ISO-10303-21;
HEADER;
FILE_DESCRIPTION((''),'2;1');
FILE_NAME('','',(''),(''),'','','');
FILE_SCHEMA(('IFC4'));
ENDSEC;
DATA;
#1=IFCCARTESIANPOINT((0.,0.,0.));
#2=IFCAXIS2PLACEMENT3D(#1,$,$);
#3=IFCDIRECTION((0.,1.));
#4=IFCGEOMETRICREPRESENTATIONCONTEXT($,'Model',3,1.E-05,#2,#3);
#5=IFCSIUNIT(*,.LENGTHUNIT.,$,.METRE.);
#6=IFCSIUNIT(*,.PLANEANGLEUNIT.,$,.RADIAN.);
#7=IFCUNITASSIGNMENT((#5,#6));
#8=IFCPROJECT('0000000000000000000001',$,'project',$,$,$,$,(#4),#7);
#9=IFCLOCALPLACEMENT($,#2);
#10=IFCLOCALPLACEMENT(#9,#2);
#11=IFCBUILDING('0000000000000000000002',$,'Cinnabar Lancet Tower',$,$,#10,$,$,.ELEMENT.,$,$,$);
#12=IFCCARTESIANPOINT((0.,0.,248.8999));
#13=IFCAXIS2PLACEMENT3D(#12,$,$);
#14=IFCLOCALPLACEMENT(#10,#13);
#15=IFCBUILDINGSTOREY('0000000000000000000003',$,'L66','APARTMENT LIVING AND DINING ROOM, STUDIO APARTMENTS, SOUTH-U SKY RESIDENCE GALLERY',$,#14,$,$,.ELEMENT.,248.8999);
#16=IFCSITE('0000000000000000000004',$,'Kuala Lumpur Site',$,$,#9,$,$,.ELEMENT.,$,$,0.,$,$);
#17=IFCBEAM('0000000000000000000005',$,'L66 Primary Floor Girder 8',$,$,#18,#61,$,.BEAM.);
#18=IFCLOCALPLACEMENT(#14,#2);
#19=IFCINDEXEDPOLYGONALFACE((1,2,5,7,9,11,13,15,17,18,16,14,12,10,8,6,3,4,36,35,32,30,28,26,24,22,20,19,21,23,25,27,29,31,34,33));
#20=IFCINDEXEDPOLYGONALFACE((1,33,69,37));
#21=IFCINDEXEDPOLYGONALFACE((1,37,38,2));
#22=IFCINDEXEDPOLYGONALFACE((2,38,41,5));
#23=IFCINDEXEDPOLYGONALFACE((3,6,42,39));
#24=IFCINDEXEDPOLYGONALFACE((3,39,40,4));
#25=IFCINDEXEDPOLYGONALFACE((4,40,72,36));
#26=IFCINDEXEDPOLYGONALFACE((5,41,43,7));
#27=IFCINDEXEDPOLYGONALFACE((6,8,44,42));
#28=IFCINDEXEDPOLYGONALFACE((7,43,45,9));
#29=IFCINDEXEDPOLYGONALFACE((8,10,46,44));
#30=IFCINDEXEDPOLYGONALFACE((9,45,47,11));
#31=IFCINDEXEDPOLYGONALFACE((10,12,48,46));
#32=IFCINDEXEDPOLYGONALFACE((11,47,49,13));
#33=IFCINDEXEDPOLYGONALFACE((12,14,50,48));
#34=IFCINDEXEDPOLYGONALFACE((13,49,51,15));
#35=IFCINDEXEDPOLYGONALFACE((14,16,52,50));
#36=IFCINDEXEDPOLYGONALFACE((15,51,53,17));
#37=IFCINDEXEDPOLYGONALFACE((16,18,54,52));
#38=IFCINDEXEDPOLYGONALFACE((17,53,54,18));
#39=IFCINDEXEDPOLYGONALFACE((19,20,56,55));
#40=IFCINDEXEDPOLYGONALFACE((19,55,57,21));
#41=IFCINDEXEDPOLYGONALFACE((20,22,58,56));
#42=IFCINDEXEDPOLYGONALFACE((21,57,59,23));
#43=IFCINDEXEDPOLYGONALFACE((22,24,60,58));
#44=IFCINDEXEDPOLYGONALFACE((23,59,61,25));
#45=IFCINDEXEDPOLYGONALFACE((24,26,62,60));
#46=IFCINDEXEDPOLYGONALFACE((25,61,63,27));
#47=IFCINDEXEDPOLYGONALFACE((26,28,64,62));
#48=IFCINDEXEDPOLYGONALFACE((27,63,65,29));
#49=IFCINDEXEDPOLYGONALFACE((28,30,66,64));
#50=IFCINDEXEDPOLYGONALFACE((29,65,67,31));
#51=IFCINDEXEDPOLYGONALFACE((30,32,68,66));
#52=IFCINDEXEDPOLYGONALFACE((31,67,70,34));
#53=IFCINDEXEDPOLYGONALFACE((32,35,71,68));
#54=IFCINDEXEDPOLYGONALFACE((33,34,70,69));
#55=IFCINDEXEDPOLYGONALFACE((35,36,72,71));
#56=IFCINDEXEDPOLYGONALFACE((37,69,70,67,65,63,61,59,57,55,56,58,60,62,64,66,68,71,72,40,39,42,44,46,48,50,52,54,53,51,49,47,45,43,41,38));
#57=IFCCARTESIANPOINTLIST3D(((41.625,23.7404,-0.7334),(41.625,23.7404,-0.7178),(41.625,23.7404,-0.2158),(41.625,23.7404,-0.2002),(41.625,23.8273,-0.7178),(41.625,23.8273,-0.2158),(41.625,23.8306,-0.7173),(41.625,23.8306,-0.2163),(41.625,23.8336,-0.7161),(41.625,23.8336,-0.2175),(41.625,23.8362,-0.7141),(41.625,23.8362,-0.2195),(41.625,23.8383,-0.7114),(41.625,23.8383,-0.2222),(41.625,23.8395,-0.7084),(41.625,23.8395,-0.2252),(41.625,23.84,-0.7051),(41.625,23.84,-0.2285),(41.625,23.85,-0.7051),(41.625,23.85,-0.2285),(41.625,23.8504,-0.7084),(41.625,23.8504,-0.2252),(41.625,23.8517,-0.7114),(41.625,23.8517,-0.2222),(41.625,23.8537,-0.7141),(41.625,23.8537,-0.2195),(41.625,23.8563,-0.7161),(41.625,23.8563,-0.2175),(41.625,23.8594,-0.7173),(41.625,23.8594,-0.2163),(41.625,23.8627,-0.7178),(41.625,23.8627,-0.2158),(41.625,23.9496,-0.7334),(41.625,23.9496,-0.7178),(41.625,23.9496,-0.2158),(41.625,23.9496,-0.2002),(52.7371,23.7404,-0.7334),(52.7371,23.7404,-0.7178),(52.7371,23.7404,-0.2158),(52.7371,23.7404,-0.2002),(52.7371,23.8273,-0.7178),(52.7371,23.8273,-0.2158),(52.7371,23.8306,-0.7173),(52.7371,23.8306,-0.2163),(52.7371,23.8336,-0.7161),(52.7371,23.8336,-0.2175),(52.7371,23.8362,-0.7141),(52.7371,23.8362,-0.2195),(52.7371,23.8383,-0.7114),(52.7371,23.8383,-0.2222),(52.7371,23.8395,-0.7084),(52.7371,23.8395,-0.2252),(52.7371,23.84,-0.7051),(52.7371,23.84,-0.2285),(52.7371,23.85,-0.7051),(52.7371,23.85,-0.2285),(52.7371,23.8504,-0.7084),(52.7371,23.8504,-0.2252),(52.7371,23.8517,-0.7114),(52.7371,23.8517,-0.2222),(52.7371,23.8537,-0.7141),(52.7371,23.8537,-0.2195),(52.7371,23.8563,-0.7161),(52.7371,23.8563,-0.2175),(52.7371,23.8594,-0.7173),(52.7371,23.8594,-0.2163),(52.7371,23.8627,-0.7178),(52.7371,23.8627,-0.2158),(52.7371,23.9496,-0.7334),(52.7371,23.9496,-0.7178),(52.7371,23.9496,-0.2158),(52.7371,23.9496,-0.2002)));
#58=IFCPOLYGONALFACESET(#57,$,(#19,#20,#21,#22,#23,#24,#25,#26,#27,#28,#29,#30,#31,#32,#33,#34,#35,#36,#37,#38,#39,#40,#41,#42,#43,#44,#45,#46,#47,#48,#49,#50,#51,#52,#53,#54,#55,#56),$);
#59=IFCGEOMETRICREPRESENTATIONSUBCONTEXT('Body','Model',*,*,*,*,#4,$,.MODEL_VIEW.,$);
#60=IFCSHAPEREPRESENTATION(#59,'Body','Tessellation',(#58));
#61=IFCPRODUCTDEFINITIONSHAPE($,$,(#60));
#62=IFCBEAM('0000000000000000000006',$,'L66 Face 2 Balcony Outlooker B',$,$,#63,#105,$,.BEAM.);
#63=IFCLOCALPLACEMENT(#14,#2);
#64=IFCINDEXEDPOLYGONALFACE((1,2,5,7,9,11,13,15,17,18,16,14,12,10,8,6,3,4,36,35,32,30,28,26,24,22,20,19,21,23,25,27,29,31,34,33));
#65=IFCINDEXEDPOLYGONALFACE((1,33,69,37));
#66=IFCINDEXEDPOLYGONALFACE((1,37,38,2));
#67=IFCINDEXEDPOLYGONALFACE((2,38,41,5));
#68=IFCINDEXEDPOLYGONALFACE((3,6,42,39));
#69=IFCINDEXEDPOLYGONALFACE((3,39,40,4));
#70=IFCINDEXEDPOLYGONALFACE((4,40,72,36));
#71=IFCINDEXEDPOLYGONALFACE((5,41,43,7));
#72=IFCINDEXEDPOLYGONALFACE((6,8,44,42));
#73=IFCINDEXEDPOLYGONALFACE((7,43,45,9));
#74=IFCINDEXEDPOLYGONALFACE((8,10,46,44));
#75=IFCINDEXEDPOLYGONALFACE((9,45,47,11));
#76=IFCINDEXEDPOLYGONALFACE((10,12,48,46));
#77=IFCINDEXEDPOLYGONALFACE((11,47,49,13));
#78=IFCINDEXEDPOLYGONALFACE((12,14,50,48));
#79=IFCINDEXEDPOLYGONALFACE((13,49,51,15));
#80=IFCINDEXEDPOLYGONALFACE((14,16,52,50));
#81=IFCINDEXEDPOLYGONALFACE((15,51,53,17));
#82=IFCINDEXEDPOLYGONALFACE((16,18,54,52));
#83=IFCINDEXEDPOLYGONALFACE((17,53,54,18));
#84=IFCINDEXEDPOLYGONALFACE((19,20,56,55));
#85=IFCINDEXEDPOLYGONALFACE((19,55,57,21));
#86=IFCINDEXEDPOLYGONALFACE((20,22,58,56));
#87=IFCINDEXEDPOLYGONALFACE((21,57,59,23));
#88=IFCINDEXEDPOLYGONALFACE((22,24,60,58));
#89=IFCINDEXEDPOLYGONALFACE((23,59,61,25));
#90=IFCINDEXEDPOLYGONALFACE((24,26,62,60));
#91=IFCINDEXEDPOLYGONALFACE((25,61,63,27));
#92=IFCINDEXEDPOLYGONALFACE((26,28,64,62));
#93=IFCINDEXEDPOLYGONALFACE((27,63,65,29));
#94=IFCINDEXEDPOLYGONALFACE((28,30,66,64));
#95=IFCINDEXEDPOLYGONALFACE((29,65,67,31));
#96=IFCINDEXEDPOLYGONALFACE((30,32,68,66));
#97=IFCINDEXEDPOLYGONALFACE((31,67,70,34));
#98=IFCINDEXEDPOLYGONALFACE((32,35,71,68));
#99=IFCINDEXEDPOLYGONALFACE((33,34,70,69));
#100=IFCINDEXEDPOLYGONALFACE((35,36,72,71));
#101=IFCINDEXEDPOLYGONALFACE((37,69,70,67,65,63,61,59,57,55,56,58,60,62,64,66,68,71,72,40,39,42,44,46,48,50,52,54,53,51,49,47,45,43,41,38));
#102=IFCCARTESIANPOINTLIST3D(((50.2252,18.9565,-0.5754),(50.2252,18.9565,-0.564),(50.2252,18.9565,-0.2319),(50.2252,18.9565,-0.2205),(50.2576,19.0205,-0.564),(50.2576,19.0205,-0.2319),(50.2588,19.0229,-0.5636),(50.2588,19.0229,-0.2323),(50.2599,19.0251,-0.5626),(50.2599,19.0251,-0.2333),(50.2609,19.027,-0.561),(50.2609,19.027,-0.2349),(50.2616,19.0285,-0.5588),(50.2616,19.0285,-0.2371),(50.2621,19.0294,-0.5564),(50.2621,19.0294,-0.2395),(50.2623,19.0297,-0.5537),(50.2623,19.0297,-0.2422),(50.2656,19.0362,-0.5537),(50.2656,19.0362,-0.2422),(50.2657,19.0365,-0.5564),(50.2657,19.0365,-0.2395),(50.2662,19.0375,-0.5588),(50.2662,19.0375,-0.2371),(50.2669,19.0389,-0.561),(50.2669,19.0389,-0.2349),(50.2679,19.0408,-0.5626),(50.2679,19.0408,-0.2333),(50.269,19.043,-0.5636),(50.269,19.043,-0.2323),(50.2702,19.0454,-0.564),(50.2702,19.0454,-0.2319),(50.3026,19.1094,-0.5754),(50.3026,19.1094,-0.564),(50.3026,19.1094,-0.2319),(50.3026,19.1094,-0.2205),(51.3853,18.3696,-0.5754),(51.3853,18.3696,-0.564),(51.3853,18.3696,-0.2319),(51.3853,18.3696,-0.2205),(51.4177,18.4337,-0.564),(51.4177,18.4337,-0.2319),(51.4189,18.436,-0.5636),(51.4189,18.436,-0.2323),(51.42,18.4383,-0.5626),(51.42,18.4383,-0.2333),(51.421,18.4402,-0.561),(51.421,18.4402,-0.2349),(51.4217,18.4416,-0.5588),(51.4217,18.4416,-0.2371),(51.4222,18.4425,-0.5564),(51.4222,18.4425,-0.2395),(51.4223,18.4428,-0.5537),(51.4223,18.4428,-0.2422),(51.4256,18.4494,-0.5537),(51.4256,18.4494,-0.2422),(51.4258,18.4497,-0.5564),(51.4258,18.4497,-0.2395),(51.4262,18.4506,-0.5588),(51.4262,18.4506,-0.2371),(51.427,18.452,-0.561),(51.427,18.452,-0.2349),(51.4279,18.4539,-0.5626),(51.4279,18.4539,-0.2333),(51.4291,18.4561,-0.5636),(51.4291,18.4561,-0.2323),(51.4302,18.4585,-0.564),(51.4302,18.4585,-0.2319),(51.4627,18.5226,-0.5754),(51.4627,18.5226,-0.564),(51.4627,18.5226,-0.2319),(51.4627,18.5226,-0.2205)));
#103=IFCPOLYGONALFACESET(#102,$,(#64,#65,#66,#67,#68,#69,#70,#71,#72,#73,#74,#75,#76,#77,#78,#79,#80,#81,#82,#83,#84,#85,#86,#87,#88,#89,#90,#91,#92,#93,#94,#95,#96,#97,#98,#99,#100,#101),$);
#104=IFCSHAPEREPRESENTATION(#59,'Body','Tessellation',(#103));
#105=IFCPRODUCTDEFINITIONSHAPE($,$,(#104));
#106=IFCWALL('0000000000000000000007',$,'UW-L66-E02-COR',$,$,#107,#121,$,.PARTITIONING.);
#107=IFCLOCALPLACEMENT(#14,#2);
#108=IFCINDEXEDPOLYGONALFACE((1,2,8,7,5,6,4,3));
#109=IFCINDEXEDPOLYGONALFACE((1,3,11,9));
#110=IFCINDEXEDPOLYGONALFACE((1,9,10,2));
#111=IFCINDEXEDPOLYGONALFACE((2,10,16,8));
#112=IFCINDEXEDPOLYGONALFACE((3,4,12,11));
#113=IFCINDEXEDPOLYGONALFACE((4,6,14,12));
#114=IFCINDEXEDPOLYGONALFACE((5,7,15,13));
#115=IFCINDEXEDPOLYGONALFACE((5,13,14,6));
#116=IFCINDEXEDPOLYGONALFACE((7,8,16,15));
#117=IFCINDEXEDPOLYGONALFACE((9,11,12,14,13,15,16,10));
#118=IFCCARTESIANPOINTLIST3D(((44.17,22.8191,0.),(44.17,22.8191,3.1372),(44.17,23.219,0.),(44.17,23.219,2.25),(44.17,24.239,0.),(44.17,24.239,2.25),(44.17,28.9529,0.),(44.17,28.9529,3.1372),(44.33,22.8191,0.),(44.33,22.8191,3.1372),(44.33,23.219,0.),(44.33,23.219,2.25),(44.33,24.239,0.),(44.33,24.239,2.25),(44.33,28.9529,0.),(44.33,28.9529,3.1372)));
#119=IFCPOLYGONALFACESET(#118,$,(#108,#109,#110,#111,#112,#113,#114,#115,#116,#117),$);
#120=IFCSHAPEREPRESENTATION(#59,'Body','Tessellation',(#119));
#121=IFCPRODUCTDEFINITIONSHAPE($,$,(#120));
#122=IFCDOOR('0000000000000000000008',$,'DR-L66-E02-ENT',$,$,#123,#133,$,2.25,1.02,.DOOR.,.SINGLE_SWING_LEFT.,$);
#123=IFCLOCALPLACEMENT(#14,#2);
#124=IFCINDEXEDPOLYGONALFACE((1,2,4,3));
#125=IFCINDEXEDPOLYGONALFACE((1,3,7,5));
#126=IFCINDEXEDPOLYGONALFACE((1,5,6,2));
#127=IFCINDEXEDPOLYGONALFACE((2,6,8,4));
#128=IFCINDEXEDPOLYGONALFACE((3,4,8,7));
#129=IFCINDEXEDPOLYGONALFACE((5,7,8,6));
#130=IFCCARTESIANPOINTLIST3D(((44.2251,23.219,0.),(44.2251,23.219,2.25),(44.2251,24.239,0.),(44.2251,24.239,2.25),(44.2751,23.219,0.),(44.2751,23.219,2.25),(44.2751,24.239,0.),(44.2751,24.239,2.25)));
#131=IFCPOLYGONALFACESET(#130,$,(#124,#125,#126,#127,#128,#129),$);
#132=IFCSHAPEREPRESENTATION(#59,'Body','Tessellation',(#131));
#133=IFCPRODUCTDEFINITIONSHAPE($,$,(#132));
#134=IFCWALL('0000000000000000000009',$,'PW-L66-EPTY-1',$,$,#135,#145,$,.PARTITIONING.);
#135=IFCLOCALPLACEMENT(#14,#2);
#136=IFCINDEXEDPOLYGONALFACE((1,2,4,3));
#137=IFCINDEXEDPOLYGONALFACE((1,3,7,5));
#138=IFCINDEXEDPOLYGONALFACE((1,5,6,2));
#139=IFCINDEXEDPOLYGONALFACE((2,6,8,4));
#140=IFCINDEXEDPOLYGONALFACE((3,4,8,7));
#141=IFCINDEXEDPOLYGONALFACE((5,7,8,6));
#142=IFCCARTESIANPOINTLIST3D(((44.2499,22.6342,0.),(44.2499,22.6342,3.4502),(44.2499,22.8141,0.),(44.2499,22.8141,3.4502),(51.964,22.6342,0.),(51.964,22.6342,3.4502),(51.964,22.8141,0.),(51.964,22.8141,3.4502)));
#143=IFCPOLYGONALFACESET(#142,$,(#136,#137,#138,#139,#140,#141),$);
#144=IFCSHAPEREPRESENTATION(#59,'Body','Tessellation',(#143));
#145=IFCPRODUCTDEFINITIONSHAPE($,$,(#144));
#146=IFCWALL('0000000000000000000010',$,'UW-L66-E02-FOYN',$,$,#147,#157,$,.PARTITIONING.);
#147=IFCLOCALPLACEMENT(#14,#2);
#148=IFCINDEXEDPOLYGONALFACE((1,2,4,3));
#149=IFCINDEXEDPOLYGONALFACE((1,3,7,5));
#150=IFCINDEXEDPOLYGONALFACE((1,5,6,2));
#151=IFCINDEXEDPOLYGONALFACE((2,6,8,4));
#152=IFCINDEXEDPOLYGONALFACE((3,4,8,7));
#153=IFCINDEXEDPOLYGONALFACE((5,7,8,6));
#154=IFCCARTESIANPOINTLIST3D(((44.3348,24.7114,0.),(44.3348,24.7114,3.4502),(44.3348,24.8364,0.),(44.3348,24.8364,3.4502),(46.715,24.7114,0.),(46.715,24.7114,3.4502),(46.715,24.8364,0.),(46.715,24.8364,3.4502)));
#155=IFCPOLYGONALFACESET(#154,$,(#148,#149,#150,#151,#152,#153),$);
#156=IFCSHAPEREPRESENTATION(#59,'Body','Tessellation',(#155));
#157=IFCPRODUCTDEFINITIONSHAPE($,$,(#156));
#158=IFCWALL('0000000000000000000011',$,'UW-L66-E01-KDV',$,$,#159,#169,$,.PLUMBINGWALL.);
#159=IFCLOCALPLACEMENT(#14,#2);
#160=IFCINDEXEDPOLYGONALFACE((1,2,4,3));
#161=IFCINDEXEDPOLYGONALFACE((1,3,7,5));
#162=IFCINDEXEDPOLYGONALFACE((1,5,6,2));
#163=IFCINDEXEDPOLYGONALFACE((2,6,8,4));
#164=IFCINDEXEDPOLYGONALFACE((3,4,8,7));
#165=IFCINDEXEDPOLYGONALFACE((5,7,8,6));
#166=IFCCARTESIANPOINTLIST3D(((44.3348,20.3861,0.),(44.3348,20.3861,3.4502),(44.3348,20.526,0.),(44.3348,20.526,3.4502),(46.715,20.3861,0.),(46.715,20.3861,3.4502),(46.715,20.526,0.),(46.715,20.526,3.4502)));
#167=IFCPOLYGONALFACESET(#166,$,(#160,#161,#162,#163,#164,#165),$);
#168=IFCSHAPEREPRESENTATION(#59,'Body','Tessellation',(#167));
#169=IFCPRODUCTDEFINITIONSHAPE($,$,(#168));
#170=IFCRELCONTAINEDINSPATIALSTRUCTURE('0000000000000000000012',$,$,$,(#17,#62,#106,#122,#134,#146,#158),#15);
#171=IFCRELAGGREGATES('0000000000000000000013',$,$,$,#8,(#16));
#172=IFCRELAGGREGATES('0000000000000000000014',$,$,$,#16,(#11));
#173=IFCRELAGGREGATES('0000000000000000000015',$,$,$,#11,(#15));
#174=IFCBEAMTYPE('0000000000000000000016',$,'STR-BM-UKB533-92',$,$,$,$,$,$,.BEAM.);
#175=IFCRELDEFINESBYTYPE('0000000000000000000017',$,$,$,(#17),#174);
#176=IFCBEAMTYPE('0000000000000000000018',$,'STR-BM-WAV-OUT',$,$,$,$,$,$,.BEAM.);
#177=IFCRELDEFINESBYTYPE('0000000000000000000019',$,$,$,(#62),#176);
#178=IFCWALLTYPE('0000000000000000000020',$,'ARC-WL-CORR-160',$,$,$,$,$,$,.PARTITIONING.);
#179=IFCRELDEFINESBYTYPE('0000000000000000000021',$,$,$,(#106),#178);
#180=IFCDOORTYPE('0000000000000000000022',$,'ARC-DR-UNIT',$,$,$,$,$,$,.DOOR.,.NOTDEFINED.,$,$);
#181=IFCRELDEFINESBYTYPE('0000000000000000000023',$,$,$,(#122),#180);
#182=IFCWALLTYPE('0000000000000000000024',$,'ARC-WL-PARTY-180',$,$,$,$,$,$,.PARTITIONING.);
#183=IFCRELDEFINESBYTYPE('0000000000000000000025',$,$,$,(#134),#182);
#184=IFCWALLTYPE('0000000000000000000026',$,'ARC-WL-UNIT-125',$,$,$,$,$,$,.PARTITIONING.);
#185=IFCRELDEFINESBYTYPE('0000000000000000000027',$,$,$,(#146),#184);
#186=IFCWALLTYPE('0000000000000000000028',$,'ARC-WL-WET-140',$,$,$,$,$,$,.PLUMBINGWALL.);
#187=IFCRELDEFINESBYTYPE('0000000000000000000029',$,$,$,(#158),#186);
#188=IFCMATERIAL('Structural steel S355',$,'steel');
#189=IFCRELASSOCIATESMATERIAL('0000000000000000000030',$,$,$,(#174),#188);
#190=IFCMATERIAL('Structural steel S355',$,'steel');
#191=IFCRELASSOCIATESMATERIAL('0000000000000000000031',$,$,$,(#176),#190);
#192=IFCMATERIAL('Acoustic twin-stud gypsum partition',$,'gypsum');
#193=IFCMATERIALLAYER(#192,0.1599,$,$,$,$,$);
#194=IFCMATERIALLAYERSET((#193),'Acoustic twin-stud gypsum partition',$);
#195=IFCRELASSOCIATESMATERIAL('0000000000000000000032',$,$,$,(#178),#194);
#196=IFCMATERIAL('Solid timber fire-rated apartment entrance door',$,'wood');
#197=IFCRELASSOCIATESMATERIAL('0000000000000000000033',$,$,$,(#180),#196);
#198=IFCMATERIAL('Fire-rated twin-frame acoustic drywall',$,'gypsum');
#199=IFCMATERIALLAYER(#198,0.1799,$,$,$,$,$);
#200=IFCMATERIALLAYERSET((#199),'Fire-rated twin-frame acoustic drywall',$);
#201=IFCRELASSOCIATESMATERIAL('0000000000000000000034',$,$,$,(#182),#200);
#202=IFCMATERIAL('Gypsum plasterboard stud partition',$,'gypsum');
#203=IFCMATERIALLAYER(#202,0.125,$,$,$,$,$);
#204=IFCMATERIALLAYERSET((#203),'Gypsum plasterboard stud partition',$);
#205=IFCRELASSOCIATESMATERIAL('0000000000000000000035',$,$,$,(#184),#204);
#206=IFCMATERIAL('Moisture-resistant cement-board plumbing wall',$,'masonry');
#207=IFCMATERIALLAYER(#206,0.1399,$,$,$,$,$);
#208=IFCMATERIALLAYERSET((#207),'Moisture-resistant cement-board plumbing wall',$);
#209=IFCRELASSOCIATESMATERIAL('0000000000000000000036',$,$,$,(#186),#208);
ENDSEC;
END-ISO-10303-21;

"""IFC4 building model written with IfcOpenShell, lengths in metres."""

from ifc_helpers import new_model, si_unit, direction, frame, frame_2d, origin, origin_2d, place, context, subcontext, project, spatial, rectangle, i_section, extrude, material, layer, layer_set, material_profile, profile_set, type_object, element, fill, save


model = new_model("IFC4")

# Units and contexts
model_context = context("Model", 3, precision=1e-05, world=origin(), true_north=direction((0.0, 1.0)))
body_context = subcontext(model_context, "Body", "Model", "MODEL_VIEW")
ifc_project = project(units=[si_unit("LENGTHUNIT", "METRE"), si_unit("PLANEANGLEUNIT", "RADIAN")], contexts=[model_context])

# Site, building, storey
site_placement = place(None, origin())
site = spatial("IfcSite", under=ifc_project, at=site_placement, Name="Kuala Lumpur Site", CompositionType="ELEMENT", RefElevation=0.0)
building_placement = place(site_placement, origin())
building = spatial("IfcBuilding", under=site, at=building_placement, Name="Cinnabar Lancet Tower", CompositionType="ELEMENT")
storey_placement = place(building_placement, frame((0.0, 0.0, 248.8999)))
storey = spatial("IfcBuildingStorey", under=building, at=storey_placement, Name="L66", Description="APARTMENT LIVING AND DINING ROOM, STUDIO APARTMENTS, SOUTH-U SKY RESIDENCE GALLERY", CompositionType="ELEMENT", Elevation=248.8999)

# Beams
ifc_material_1 = material(Name="Structural steel S355", Category="steel")
ifc_material_profile_1 = material_profile(ifc_material_1, i_section(OverallWidth=0.2092, OverallDepth=0.5332, WebThickness=0.01, FlangeThickness=0.0156, FilletRadius=0.0127, at=origin_2d()), Name="UKB 533x210x92")
ifc_profile_set_1 = profile_set([ifc_material_profile_1], Name="Structural steel S355")
beam_type_1 = type_object("IfcBeamType", Name="STR-BM-UKB533-92", PredefinedType="BEAM", material=ifc_profile_set_1)
beam_1_placement = place(storey_placement, frame((52.7371, 23.845, -0.4668), z_axis=(-1.0, 0.0, 0.0), x_axis=(0.0, -1.0, 0.0)))
element("IfcBeam", 1, at=beam_1_placement, inside=storey, type_object=beam_type_1, Name="L66 Primary Floor Girder 8", PredefinedType="BEAM", context=body_context, shape_type="SweptSolid", body=[
    extrude(i_section(OverallWidth=0.2092, OverallDepth=0.5332, WebThickness=0.01, FlangeThickness=0.0156, FilletRadius=0.0127, at=origin_2d()), origin(), (0.0, 0.0, 1.0), 11.1121),
])
ifc_material_2 = material(Name="Structural steel S355", Category="steel")
ifc_material_profile_2 = material_profile(ifc_material_2, i_section(OverallWidth=0.1714, OverallDepth=0.355, WebThickness=0.0073, FlangeThickness=0.0115, FilletRadius=0.0103, at=origin_2d()), Name="UKB 356x171x51")
ifc_profile_set_2 = profile_set([ifc_material_profile_2], Name="Structural steel S355")
beam_type_2 = type_object("IfcBeamType", Name="STR-BM-WAV-OUT", PredefinedType="BEAM", material=ifc_profile_set_2)
beam_2_placement = place(storey_placement, frame((50.2639, 19.033, -0.3979), z_axis=(0.892314, -0.451415, 0.0), x_axis=(0.451415, 0.892314, 0.0)))
element("IfcBeam", 2, at=beam_2_placement, inside=storey, type_object=beam_type_2, Name="L66 Face 2 Balcony Outlooker B", PredefinedType="BEAM", context=body_context, shape_type="SweptSolid", body=[
    extrude(i_section(OverallWidth=0.1714, OverallDepth=0.355, WebThickness=0.0073, FlangeThickness=0.0115, FilletRadius=0.0103, at=origin_2d()), origin(), (0.0, 0.0, 1.0), 1.3),
])

# Wall, opening, door
ifc_material_3 = material(Name="Acoustic twin-stud gypsum partition", Category="gypsum")
ifc_layer_1 = layer(ifc_material_3, 0.1599)
ifc_layer_set_1 = layer_set([ifc_layer_1], Name="Acoustic twin-stud gypsum partition")
wall_type_1 = type_object("IfcWallType", Name="ARC-WL-CORR-160", PredefinedType="PARTITIONING", material=ifc_layer_set_1)
wall_1_placement = place(storey_placement, frame((44.25, 22.8191, 0.0), z_axis=(0.0, 0.0, 1.0), x_axis=(0.0, 1.0, 0.0)))
wall_1 = element("IfcWall", 3, at=wall_1_placement, inside=storey, type_object=wall_type_1, Name="UW-L66-E02-COR", PredefinedType="PARTITIONING", context=body_context, shape_type="SweptSolid", body=[
    extrude(rectangle(XDim=6.1338, YDim=0.1599, at=frame_2d((3.0669, 0.0))), origin(), (0.0, 0.0, 1.0), 3.1372),
])
opening_1_placement = place(wall_1_placement, frame((0.3999, 0.0, 0.0)))
opening_1 = element("IfcOpeningElement", 4, at=opening_1_placement, cuts=wall_1, PredefinedType="OPENING", context=body_context, shape_type="SweptSolid", body=[
    extrude(rectangle(XDim=1.02, YDim=2.25, at=frame_2d((0.51, 1.125))), frame((0.0, 0.0898, 0.0), z_axis=(0.0, -1.0, 0.0), x_axis=(1.0, 0.0, 0.0)), (0.0, 0.0, 1.0), 0.1799),
])
ifc_material_4 = material(Name="Solid timber fire-rated apartment entrance door", Category="wood")
door_type_1 = type_object("IfcDoorType", Name="ARC-DR-UNIT", OperationType="NOTDEFINED", PredefinedType="DOOR", material=ifc_material_4)
door_1_placement = place(opening_1_placement, origin())
door_1 = element("IfcDoor", 5, at=door_1_placement, inside=storey, type_object=door_type_1, Name="DR-L66-E02-ENT", OperationType="SINGLE_SWING_LEFT", OverallHeight=2.25, OverallWidth=1.02, PredefinedType="DOOR", context=body_context, shape_type="SweptSolid", body=[
    extrude(rectangle(XDim=1.02, YDim=2.25, at=frame_2d((0.51, 1.125))), frame((0.0, 0.0249, 0.0), z_axis=(0.0, -1.0, 0.0), x_axis=(1.0, 0.0, 0.0)), (0.0, 0.0, 1.0), 0.05),
])
fill(opening_1, door_1)

# Walls
ifc_material_5 = material(Name="Fire-rated twin-frame acoustic drywall", Category="gypsum")
ifc_layer_2 = layer(ifc_material_5, 0.1799)
ifc_layer_set_2 = layer_set([ifc_layer_2], Name="Fire-rated twin-frame acoustic drywall")
wall_type_2 = type_object("IfcWallType", Name="ARC-WL-PARTY-180", PredefinedType="PARTITIONING", material=ifc_layer_set_2)
wall_2_placement = place(storey_placement, frame((44.25, 22.7241, 0.0), z_axis=(0.0, 0.0, 1.0), x_axis=(1.0, 0.0, 0.0)))
element("IfcWall", 6, at=wall_2_placement, inside=storey, type_object=wall_type_2, Name="PW-L66-EPTY-1", PredefinedType="PARTITIONING", context=body_context, shape_type="SweptSolid", body=[
    extrude(rectangle(XDim=7.7141, YDim=0.1799, at=frame_2d((3.8569, 0.0))), origin(), (0.0, 0.0, 1.0), 3.4502),
])
ifc_material_6 = material(Name="Gypsum plasterboard stud partition", Category="gypsum")
ifc_layer_3 = layer(ifc_material_6, 0.125)
ifc_layer_set_3 = layer_set([ifc_layer_3], Name="Gypsum plasterboard stud partition")
wall_type_3 = type_object("IfcWallType", Name="ARC-WL-UNIT-125", PredefinedType="PARTITIONING", material=ifc_layer_set_3)
wall_3_placement = place(storey_placement, frame((44.335, 24.7739, 0.0), z_axis=(0.0, 0.0, 1.0), x_axis=(1.0, 0.0, 0.0)))
element("IfcWall", 7, at=wall_3_placement, inside=storey, type_object=wall_type_3, Name="UW-L66-E02-FOYN", PredefinedType="PARTITIONING", context=body_context, shape_type="SweptSolid", body=[
    extrude(rectangle(XDim=2.3801, YDim=0.125, at=frame_2d((1.1899, 0.0))), origin(), (0.0, 0.0, 1.0), 3.4502),
])
ifc_material_7 = material(Name="Moisture-resistant cement-board plumbing wall", Category="masonry")
ifc_layer_4 = layer(ifc_material_7, 0.1399)
ifc_layer_set_4 = layer_set([ifc_layer_4], Name="Moisture-resistant cement-board plumbing wall")
wall_type_4 = type_object("IfcWallType", Name="ARC-WL-WET-140", PredefinedType="PLUMBINGWALL", material=ifc_layer_set_4)
wall_4_placement = place(storey_placement, frame((44.335, 20.4561, 0.0), z_axis=(0.0, 0.0, 1.0), x_axis=(1.0, 0.0, 0.0)))
element("IfcWall", 8, at=wall_4_placement, inside=storey, type_object=wall_type_4, Name="UW-L66-E01-KDV", PredefinedType="PLUMBINGWALL", context=body_context, shape_type="SweptSolid", body=[
    extrude(rectangle(XDim=2.3801, YDim=0.1399, at=frame_2d((1.1899, 0.0))), origin(), (0.0, 0.0, 1.0), 3.4502),
])

save(model, "model.ifc")
